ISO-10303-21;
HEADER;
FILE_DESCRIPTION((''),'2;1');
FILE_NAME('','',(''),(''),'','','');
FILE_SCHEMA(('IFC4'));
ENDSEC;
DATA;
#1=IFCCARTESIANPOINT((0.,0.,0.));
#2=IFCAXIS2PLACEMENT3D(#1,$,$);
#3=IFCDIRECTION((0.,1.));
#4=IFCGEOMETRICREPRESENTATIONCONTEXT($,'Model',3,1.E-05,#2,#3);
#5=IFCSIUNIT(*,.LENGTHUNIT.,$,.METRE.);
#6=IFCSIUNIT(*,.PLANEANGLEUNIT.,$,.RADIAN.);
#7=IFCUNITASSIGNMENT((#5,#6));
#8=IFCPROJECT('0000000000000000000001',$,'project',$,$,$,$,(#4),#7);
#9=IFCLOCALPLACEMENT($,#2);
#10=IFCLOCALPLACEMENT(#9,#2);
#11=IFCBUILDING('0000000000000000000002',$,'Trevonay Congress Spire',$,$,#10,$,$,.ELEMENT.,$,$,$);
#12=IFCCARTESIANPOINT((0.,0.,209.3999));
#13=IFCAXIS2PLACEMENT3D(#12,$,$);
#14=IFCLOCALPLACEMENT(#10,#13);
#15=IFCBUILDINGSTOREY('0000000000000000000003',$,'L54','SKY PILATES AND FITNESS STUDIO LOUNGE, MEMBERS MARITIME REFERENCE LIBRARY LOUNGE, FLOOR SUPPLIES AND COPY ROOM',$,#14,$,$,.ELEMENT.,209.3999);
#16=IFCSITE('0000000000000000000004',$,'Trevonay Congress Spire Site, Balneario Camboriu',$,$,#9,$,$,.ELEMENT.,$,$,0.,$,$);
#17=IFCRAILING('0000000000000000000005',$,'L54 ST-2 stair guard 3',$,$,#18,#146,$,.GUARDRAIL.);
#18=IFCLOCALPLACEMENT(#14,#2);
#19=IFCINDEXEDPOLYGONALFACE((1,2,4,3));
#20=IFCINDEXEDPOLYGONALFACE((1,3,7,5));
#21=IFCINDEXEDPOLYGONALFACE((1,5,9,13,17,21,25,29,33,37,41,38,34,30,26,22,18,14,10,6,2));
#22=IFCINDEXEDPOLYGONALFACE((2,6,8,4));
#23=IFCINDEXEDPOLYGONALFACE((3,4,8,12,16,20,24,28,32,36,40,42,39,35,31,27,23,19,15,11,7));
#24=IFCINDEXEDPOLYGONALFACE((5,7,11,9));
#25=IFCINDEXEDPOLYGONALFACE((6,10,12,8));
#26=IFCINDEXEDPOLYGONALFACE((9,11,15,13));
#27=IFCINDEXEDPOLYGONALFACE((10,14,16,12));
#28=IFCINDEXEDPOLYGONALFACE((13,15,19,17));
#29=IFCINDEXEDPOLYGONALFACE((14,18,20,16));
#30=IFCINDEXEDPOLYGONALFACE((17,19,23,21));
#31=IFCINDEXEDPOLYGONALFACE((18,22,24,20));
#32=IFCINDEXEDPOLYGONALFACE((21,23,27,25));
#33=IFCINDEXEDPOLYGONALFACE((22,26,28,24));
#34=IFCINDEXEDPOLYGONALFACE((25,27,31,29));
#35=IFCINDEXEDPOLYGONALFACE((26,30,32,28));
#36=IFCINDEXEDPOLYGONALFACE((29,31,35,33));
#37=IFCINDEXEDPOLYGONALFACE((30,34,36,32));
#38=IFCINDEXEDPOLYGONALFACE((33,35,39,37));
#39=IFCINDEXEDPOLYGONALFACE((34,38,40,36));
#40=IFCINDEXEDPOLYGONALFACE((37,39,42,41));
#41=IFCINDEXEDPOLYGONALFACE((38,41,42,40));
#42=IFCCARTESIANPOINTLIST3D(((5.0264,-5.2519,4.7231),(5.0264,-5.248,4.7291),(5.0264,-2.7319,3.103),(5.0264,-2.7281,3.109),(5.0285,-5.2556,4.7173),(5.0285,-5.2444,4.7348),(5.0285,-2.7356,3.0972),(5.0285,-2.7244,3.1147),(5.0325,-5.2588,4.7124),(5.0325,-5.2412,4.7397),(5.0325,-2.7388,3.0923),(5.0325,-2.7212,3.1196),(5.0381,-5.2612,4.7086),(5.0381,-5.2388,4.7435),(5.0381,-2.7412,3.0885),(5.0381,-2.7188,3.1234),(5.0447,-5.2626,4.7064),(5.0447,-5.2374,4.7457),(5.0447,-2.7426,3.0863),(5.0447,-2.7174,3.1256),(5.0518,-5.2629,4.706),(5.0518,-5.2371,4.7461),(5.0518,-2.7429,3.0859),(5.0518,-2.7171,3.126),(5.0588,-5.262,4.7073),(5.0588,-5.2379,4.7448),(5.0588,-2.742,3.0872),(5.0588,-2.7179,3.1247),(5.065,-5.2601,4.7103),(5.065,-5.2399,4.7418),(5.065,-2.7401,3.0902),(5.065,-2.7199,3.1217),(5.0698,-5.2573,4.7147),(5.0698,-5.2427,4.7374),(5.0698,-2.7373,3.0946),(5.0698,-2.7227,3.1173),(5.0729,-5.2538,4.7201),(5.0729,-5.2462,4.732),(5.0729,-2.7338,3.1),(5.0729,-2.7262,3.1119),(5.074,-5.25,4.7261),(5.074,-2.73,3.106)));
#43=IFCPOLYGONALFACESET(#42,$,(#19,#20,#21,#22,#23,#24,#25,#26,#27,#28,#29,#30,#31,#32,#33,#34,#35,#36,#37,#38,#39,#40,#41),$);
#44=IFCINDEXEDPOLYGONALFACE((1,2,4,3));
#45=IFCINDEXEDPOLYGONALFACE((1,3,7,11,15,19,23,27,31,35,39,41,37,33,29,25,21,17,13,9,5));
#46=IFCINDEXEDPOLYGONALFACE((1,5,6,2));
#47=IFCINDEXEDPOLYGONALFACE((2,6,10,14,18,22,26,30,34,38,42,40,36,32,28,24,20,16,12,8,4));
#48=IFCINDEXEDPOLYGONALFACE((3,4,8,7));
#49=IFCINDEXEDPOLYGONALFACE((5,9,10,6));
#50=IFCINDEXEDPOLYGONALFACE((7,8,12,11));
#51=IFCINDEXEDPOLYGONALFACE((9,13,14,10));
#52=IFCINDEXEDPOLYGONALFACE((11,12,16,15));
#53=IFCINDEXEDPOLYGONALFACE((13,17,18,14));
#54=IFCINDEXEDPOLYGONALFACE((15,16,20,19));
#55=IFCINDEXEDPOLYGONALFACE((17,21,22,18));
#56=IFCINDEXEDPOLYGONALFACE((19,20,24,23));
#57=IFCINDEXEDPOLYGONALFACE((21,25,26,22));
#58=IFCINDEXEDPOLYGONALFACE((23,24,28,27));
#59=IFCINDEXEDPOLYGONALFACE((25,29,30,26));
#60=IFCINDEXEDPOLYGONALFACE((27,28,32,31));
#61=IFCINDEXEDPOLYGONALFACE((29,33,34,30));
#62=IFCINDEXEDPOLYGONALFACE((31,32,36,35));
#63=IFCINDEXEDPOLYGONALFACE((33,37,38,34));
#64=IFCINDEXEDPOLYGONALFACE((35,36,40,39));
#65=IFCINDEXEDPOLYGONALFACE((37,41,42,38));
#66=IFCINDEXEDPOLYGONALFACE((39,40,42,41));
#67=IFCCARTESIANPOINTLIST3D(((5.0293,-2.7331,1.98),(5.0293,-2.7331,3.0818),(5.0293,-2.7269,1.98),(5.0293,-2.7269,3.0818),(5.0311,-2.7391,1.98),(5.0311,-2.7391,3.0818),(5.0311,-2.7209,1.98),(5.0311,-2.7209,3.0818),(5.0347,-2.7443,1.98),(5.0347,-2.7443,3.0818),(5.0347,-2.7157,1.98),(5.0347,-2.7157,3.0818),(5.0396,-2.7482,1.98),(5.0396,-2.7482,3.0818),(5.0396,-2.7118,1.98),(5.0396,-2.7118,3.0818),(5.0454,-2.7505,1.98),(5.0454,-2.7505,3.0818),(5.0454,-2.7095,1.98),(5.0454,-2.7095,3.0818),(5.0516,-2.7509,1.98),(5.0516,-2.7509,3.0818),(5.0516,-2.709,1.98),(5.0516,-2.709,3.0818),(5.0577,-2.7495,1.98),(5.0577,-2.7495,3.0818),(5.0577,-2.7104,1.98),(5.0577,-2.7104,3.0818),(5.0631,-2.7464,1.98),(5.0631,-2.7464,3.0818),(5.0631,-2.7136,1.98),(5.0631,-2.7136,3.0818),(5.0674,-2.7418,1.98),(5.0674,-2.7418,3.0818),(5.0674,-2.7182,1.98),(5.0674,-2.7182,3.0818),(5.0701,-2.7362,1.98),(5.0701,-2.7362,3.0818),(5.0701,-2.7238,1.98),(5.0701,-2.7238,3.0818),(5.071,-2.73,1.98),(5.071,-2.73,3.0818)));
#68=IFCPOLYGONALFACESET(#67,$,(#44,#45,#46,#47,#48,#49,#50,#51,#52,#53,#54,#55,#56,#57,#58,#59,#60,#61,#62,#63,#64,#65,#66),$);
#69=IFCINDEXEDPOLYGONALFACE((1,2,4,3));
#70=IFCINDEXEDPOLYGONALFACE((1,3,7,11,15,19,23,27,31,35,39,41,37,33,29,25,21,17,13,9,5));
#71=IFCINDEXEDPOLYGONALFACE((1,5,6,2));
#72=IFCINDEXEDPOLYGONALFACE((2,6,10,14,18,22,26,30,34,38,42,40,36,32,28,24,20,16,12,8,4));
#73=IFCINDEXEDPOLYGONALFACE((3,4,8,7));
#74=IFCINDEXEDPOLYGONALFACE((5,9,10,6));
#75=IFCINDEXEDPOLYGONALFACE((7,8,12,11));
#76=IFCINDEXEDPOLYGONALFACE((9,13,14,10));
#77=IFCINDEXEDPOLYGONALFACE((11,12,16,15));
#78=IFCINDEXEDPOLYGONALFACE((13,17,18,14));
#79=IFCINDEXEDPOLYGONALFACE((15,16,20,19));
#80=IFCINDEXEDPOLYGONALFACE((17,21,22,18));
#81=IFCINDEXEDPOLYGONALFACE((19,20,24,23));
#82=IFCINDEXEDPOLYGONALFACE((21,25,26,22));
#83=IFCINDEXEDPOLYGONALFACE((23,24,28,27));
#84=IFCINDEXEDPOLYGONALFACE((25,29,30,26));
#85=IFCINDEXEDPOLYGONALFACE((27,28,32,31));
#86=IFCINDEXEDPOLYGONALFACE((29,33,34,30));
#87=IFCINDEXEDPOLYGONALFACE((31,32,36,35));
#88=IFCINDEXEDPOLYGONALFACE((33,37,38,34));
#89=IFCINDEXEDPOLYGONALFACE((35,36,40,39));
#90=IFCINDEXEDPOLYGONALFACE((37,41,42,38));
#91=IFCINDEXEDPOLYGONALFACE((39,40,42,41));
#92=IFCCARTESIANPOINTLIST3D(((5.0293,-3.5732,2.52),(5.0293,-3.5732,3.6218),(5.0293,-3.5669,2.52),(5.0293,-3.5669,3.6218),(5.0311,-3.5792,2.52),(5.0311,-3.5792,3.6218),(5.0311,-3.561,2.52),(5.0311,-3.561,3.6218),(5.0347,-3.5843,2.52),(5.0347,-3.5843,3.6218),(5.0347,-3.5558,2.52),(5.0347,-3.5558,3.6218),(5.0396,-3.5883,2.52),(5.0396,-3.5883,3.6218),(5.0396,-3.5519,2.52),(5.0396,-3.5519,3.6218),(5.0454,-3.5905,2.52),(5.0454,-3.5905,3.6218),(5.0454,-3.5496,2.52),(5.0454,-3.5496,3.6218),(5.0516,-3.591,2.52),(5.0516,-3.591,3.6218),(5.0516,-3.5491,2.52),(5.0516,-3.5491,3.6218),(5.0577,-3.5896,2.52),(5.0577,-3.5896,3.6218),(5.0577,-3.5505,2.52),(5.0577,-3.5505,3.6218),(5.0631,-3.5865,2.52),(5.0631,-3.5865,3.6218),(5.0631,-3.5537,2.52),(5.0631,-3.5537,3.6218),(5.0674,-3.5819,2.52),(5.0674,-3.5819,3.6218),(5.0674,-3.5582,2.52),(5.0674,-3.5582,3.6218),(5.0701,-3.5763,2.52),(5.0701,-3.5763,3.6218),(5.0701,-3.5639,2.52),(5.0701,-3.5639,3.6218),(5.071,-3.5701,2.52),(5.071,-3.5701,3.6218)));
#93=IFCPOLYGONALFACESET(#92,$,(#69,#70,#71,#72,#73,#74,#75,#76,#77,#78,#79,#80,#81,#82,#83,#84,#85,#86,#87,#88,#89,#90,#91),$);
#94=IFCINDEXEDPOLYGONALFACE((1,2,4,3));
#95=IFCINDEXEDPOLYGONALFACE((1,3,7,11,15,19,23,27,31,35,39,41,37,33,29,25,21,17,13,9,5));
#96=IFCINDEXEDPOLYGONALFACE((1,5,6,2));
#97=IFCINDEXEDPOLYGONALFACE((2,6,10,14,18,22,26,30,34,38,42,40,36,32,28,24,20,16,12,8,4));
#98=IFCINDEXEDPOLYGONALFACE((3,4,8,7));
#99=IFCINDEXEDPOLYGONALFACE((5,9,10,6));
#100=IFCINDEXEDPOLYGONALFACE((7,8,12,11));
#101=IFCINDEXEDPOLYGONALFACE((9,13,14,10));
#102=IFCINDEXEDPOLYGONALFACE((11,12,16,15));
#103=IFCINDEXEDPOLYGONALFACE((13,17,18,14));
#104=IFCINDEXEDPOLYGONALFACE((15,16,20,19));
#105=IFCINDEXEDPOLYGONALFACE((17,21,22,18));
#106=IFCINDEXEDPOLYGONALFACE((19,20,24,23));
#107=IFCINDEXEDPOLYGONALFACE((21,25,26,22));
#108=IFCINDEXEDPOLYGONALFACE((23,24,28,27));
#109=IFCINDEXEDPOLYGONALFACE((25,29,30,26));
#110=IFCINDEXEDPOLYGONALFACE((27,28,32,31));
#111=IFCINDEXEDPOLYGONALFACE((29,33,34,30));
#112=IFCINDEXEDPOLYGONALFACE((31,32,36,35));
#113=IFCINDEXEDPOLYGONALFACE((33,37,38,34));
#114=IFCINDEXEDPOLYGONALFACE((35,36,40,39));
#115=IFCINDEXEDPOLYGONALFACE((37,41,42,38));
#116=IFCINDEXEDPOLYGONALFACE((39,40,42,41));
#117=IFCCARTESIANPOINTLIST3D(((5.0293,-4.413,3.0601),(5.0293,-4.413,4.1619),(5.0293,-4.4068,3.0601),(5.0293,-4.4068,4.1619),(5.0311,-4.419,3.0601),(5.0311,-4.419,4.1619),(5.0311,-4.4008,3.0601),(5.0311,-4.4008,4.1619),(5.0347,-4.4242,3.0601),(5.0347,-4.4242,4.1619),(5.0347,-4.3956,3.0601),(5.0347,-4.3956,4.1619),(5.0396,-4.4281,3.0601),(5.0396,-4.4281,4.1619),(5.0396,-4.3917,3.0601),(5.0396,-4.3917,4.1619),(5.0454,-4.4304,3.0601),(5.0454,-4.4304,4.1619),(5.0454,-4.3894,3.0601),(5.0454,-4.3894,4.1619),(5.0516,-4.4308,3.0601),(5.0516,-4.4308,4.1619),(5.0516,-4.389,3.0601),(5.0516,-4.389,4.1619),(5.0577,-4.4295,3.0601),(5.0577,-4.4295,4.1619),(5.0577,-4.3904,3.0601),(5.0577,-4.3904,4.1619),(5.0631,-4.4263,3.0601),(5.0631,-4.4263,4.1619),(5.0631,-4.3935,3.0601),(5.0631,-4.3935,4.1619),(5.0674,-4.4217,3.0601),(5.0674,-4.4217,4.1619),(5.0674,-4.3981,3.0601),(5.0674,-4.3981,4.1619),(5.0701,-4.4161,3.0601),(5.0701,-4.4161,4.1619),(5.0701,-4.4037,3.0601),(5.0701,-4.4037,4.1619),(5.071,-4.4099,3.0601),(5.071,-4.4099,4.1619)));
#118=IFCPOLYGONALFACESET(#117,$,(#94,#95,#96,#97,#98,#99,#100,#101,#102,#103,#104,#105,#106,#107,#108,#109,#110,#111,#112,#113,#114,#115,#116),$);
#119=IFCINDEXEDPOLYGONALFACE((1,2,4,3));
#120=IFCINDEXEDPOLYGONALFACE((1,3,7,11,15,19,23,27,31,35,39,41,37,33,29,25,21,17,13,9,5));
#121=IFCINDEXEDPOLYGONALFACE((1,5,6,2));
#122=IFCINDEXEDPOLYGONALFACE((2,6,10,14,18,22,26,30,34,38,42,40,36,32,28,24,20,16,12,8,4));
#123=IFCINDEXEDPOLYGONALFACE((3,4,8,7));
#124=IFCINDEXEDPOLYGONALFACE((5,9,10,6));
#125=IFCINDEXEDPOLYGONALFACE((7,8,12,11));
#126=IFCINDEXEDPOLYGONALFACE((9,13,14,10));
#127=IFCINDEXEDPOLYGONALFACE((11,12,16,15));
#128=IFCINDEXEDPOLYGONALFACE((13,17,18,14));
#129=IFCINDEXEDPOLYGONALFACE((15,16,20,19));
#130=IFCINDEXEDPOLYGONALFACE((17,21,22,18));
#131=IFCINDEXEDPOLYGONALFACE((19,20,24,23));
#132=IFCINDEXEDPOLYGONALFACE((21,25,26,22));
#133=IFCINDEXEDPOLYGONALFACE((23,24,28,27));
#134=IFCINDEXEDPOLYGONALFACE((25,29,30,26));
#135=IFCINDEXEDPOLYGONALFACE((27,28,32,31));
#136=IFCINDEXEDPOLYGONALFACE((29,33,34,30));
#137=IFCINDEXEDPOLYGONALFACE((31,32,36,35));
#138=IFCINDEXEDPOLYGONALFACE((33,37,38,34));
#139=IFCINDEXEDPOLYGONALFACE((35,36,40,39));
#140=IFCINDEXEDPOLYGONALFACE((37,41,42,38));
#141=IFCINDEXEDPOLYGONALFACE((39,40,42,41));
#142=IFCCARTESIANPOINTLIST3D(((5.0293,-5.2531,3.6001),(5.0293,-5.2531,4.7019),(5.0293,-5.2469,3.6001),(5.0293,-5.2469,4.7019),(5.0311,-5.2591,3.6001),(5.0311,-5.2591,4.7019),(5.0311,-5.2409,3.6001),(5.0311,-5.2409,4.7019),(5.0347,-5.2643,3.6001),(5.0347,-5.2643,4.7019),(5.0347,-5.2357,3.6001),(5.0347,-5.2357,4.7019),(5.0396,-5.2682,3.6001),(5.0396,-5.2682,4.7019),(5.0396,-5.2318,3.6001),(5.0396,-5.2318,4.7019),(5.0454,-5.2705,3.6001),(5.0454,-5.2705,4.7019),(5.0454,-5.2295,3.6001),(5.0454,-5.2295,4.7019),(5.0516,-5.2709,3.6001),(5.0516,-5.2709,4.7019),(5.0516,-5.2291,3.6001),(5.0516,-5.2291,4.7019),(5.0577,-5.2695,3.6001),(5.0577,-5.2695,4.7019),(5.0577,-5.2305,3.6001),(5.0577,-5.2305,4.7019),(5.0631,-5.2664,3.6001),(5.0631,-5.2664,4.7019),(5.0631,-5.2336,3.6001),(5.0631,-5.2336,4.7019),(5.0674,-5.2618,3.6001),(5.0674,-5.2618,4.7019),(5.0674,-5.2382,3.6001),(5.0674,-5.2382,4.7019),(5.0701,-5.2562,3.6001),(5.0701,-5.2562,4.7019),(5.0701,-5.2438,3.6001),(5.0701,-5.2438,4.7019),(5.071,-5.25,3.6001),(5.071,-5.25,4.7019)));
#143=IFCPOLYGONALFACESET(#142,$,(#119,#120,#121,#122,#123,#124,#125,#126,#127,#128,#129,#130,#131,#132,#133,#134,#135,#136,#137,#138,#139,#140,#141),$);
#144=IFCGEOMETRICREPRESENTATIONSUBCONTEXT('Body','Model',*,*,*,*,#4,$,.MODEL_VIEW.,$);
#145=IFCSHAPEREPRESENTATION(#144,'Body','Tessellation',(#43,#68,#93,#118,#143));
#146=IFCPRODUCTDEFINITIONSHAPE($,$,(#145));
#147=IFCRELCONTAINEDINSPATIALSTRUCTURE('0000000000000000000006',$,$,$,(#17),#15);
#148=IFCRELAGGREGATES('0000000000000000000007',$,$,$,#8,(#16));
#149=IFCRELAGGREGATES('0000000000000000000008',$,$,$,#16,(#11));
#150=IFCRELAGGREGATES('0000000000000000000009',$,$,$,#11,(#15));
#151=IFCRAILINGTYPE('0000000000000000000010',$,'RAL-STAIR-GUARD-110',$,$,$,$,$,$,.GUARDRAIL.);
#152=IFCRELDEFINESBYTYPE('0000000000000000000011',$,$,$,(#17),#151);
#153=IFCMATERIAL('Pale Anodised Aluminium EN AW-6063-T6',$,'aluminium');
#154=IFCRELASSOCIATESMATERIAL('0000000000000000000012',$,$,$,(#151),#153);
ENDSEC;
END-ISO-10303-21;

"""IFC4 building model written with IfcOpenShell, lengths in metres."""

from ifc_helpers import new_model, si_unit, direction, frame, origin, origin_2d, place, context, subcontext, project, spatial, circle, extrude, material, type_object, element, save


model = new_model("IFC4")

# Units and contexts
model_context = context("Model", 3, precision=1e-05, world=origin(), true_north=direction((0.0, 1.0)))
body_context = subcontext(model_context, "Body", "Model", "MODEL_VIEW")
ifc_project = project(units=[si_unit("LENGTHUNIT", "METRE"), si_unit("PLANEANGLEUNIT", "RADIAN")], contexts=[model_context])

# Site, building, storey
site_placement = place(None, origin())
site = spatial("IfcSite", under=ifc_project, at=site_placement, Name="Trevonay Congress Spire Site, Balneario Camboriu", CompositionType="ELEMENT", RefElevation=0.0)
building_placement = place(site_placement, origin())
building = spatial("IfcBuilding", under=site, at=building_placement, Name="Trevonay Congress Spire", CompositionType="ELEMENT")
storey_placement = place(building_placement, frame((0.0, 0.0, 209.3999)))
storey = spatial("IfcBuildingStorey", under=building, at=storey_placement, Name="L54", Description="SKY PILATES AND FITNESS STUDIO LOUNGE, MEMBERS MARITIME REFERENCE LIBRARY LOUNGE, FLOOR SUPPLIES AND COPY ROOM", CompositionType="ELEMENT", Elevation=209.3999)

# Shared definitions
ifc_material_1 = material(Name="Pale Anodised Aluminium EN AW-6063-T6", Category="aluminium")

# Railing
railing_type_1 = type_object("IfcRailingType", Name="RAL-STAIR-GUARD-110", PredefinedType="GUARDRAIL", material=ifc_material_1)
railing_1_placement = place(storey_placement, frame((5.05, -2.73, 1.98)))
element("IfcRailing", 1, at=railing_1_placement, inside=storey, type_object=railing_type_1, Name="L54 ST-2 stair guard 3", PredefinedType="GUARDRAIL", context=body_context, shape_type="SweptSolid", body=[
    extrude(circle(Radius=0.0239, at=origin_2d()), frame((0.0, 0.0, 1.126), z_axis=(0.0, -0.841163, 0.540782), x_axis=(1.0, 0.0, 0.0)), (0.0, 0.0, 1.0), 2.9958),
    extrude(circle(Radius=0.021, at=origin_2d()), origin(), (0.0, 0.0, 1.0), 1.1018),
    extrude(circle(Radius=0.021, at=origin_2d()), frame((0.0, -0.8401, 0.54)), (0.0, 0.0, 1.0), 1.1018),
    extrude(circle(Radius=0.021, at=origin_2d()), frame((0.0, -1.6799, 1.0801)), (0.0, 0.0, 1.0), 1.1018),
    extrude(circle(Radius=0.021, at=origin_2d()), frame((0.0, -2.52, 1.6201)), (0.0, 0.0, 1.0), 1.1018),
])

save(model, "model.ifc")
